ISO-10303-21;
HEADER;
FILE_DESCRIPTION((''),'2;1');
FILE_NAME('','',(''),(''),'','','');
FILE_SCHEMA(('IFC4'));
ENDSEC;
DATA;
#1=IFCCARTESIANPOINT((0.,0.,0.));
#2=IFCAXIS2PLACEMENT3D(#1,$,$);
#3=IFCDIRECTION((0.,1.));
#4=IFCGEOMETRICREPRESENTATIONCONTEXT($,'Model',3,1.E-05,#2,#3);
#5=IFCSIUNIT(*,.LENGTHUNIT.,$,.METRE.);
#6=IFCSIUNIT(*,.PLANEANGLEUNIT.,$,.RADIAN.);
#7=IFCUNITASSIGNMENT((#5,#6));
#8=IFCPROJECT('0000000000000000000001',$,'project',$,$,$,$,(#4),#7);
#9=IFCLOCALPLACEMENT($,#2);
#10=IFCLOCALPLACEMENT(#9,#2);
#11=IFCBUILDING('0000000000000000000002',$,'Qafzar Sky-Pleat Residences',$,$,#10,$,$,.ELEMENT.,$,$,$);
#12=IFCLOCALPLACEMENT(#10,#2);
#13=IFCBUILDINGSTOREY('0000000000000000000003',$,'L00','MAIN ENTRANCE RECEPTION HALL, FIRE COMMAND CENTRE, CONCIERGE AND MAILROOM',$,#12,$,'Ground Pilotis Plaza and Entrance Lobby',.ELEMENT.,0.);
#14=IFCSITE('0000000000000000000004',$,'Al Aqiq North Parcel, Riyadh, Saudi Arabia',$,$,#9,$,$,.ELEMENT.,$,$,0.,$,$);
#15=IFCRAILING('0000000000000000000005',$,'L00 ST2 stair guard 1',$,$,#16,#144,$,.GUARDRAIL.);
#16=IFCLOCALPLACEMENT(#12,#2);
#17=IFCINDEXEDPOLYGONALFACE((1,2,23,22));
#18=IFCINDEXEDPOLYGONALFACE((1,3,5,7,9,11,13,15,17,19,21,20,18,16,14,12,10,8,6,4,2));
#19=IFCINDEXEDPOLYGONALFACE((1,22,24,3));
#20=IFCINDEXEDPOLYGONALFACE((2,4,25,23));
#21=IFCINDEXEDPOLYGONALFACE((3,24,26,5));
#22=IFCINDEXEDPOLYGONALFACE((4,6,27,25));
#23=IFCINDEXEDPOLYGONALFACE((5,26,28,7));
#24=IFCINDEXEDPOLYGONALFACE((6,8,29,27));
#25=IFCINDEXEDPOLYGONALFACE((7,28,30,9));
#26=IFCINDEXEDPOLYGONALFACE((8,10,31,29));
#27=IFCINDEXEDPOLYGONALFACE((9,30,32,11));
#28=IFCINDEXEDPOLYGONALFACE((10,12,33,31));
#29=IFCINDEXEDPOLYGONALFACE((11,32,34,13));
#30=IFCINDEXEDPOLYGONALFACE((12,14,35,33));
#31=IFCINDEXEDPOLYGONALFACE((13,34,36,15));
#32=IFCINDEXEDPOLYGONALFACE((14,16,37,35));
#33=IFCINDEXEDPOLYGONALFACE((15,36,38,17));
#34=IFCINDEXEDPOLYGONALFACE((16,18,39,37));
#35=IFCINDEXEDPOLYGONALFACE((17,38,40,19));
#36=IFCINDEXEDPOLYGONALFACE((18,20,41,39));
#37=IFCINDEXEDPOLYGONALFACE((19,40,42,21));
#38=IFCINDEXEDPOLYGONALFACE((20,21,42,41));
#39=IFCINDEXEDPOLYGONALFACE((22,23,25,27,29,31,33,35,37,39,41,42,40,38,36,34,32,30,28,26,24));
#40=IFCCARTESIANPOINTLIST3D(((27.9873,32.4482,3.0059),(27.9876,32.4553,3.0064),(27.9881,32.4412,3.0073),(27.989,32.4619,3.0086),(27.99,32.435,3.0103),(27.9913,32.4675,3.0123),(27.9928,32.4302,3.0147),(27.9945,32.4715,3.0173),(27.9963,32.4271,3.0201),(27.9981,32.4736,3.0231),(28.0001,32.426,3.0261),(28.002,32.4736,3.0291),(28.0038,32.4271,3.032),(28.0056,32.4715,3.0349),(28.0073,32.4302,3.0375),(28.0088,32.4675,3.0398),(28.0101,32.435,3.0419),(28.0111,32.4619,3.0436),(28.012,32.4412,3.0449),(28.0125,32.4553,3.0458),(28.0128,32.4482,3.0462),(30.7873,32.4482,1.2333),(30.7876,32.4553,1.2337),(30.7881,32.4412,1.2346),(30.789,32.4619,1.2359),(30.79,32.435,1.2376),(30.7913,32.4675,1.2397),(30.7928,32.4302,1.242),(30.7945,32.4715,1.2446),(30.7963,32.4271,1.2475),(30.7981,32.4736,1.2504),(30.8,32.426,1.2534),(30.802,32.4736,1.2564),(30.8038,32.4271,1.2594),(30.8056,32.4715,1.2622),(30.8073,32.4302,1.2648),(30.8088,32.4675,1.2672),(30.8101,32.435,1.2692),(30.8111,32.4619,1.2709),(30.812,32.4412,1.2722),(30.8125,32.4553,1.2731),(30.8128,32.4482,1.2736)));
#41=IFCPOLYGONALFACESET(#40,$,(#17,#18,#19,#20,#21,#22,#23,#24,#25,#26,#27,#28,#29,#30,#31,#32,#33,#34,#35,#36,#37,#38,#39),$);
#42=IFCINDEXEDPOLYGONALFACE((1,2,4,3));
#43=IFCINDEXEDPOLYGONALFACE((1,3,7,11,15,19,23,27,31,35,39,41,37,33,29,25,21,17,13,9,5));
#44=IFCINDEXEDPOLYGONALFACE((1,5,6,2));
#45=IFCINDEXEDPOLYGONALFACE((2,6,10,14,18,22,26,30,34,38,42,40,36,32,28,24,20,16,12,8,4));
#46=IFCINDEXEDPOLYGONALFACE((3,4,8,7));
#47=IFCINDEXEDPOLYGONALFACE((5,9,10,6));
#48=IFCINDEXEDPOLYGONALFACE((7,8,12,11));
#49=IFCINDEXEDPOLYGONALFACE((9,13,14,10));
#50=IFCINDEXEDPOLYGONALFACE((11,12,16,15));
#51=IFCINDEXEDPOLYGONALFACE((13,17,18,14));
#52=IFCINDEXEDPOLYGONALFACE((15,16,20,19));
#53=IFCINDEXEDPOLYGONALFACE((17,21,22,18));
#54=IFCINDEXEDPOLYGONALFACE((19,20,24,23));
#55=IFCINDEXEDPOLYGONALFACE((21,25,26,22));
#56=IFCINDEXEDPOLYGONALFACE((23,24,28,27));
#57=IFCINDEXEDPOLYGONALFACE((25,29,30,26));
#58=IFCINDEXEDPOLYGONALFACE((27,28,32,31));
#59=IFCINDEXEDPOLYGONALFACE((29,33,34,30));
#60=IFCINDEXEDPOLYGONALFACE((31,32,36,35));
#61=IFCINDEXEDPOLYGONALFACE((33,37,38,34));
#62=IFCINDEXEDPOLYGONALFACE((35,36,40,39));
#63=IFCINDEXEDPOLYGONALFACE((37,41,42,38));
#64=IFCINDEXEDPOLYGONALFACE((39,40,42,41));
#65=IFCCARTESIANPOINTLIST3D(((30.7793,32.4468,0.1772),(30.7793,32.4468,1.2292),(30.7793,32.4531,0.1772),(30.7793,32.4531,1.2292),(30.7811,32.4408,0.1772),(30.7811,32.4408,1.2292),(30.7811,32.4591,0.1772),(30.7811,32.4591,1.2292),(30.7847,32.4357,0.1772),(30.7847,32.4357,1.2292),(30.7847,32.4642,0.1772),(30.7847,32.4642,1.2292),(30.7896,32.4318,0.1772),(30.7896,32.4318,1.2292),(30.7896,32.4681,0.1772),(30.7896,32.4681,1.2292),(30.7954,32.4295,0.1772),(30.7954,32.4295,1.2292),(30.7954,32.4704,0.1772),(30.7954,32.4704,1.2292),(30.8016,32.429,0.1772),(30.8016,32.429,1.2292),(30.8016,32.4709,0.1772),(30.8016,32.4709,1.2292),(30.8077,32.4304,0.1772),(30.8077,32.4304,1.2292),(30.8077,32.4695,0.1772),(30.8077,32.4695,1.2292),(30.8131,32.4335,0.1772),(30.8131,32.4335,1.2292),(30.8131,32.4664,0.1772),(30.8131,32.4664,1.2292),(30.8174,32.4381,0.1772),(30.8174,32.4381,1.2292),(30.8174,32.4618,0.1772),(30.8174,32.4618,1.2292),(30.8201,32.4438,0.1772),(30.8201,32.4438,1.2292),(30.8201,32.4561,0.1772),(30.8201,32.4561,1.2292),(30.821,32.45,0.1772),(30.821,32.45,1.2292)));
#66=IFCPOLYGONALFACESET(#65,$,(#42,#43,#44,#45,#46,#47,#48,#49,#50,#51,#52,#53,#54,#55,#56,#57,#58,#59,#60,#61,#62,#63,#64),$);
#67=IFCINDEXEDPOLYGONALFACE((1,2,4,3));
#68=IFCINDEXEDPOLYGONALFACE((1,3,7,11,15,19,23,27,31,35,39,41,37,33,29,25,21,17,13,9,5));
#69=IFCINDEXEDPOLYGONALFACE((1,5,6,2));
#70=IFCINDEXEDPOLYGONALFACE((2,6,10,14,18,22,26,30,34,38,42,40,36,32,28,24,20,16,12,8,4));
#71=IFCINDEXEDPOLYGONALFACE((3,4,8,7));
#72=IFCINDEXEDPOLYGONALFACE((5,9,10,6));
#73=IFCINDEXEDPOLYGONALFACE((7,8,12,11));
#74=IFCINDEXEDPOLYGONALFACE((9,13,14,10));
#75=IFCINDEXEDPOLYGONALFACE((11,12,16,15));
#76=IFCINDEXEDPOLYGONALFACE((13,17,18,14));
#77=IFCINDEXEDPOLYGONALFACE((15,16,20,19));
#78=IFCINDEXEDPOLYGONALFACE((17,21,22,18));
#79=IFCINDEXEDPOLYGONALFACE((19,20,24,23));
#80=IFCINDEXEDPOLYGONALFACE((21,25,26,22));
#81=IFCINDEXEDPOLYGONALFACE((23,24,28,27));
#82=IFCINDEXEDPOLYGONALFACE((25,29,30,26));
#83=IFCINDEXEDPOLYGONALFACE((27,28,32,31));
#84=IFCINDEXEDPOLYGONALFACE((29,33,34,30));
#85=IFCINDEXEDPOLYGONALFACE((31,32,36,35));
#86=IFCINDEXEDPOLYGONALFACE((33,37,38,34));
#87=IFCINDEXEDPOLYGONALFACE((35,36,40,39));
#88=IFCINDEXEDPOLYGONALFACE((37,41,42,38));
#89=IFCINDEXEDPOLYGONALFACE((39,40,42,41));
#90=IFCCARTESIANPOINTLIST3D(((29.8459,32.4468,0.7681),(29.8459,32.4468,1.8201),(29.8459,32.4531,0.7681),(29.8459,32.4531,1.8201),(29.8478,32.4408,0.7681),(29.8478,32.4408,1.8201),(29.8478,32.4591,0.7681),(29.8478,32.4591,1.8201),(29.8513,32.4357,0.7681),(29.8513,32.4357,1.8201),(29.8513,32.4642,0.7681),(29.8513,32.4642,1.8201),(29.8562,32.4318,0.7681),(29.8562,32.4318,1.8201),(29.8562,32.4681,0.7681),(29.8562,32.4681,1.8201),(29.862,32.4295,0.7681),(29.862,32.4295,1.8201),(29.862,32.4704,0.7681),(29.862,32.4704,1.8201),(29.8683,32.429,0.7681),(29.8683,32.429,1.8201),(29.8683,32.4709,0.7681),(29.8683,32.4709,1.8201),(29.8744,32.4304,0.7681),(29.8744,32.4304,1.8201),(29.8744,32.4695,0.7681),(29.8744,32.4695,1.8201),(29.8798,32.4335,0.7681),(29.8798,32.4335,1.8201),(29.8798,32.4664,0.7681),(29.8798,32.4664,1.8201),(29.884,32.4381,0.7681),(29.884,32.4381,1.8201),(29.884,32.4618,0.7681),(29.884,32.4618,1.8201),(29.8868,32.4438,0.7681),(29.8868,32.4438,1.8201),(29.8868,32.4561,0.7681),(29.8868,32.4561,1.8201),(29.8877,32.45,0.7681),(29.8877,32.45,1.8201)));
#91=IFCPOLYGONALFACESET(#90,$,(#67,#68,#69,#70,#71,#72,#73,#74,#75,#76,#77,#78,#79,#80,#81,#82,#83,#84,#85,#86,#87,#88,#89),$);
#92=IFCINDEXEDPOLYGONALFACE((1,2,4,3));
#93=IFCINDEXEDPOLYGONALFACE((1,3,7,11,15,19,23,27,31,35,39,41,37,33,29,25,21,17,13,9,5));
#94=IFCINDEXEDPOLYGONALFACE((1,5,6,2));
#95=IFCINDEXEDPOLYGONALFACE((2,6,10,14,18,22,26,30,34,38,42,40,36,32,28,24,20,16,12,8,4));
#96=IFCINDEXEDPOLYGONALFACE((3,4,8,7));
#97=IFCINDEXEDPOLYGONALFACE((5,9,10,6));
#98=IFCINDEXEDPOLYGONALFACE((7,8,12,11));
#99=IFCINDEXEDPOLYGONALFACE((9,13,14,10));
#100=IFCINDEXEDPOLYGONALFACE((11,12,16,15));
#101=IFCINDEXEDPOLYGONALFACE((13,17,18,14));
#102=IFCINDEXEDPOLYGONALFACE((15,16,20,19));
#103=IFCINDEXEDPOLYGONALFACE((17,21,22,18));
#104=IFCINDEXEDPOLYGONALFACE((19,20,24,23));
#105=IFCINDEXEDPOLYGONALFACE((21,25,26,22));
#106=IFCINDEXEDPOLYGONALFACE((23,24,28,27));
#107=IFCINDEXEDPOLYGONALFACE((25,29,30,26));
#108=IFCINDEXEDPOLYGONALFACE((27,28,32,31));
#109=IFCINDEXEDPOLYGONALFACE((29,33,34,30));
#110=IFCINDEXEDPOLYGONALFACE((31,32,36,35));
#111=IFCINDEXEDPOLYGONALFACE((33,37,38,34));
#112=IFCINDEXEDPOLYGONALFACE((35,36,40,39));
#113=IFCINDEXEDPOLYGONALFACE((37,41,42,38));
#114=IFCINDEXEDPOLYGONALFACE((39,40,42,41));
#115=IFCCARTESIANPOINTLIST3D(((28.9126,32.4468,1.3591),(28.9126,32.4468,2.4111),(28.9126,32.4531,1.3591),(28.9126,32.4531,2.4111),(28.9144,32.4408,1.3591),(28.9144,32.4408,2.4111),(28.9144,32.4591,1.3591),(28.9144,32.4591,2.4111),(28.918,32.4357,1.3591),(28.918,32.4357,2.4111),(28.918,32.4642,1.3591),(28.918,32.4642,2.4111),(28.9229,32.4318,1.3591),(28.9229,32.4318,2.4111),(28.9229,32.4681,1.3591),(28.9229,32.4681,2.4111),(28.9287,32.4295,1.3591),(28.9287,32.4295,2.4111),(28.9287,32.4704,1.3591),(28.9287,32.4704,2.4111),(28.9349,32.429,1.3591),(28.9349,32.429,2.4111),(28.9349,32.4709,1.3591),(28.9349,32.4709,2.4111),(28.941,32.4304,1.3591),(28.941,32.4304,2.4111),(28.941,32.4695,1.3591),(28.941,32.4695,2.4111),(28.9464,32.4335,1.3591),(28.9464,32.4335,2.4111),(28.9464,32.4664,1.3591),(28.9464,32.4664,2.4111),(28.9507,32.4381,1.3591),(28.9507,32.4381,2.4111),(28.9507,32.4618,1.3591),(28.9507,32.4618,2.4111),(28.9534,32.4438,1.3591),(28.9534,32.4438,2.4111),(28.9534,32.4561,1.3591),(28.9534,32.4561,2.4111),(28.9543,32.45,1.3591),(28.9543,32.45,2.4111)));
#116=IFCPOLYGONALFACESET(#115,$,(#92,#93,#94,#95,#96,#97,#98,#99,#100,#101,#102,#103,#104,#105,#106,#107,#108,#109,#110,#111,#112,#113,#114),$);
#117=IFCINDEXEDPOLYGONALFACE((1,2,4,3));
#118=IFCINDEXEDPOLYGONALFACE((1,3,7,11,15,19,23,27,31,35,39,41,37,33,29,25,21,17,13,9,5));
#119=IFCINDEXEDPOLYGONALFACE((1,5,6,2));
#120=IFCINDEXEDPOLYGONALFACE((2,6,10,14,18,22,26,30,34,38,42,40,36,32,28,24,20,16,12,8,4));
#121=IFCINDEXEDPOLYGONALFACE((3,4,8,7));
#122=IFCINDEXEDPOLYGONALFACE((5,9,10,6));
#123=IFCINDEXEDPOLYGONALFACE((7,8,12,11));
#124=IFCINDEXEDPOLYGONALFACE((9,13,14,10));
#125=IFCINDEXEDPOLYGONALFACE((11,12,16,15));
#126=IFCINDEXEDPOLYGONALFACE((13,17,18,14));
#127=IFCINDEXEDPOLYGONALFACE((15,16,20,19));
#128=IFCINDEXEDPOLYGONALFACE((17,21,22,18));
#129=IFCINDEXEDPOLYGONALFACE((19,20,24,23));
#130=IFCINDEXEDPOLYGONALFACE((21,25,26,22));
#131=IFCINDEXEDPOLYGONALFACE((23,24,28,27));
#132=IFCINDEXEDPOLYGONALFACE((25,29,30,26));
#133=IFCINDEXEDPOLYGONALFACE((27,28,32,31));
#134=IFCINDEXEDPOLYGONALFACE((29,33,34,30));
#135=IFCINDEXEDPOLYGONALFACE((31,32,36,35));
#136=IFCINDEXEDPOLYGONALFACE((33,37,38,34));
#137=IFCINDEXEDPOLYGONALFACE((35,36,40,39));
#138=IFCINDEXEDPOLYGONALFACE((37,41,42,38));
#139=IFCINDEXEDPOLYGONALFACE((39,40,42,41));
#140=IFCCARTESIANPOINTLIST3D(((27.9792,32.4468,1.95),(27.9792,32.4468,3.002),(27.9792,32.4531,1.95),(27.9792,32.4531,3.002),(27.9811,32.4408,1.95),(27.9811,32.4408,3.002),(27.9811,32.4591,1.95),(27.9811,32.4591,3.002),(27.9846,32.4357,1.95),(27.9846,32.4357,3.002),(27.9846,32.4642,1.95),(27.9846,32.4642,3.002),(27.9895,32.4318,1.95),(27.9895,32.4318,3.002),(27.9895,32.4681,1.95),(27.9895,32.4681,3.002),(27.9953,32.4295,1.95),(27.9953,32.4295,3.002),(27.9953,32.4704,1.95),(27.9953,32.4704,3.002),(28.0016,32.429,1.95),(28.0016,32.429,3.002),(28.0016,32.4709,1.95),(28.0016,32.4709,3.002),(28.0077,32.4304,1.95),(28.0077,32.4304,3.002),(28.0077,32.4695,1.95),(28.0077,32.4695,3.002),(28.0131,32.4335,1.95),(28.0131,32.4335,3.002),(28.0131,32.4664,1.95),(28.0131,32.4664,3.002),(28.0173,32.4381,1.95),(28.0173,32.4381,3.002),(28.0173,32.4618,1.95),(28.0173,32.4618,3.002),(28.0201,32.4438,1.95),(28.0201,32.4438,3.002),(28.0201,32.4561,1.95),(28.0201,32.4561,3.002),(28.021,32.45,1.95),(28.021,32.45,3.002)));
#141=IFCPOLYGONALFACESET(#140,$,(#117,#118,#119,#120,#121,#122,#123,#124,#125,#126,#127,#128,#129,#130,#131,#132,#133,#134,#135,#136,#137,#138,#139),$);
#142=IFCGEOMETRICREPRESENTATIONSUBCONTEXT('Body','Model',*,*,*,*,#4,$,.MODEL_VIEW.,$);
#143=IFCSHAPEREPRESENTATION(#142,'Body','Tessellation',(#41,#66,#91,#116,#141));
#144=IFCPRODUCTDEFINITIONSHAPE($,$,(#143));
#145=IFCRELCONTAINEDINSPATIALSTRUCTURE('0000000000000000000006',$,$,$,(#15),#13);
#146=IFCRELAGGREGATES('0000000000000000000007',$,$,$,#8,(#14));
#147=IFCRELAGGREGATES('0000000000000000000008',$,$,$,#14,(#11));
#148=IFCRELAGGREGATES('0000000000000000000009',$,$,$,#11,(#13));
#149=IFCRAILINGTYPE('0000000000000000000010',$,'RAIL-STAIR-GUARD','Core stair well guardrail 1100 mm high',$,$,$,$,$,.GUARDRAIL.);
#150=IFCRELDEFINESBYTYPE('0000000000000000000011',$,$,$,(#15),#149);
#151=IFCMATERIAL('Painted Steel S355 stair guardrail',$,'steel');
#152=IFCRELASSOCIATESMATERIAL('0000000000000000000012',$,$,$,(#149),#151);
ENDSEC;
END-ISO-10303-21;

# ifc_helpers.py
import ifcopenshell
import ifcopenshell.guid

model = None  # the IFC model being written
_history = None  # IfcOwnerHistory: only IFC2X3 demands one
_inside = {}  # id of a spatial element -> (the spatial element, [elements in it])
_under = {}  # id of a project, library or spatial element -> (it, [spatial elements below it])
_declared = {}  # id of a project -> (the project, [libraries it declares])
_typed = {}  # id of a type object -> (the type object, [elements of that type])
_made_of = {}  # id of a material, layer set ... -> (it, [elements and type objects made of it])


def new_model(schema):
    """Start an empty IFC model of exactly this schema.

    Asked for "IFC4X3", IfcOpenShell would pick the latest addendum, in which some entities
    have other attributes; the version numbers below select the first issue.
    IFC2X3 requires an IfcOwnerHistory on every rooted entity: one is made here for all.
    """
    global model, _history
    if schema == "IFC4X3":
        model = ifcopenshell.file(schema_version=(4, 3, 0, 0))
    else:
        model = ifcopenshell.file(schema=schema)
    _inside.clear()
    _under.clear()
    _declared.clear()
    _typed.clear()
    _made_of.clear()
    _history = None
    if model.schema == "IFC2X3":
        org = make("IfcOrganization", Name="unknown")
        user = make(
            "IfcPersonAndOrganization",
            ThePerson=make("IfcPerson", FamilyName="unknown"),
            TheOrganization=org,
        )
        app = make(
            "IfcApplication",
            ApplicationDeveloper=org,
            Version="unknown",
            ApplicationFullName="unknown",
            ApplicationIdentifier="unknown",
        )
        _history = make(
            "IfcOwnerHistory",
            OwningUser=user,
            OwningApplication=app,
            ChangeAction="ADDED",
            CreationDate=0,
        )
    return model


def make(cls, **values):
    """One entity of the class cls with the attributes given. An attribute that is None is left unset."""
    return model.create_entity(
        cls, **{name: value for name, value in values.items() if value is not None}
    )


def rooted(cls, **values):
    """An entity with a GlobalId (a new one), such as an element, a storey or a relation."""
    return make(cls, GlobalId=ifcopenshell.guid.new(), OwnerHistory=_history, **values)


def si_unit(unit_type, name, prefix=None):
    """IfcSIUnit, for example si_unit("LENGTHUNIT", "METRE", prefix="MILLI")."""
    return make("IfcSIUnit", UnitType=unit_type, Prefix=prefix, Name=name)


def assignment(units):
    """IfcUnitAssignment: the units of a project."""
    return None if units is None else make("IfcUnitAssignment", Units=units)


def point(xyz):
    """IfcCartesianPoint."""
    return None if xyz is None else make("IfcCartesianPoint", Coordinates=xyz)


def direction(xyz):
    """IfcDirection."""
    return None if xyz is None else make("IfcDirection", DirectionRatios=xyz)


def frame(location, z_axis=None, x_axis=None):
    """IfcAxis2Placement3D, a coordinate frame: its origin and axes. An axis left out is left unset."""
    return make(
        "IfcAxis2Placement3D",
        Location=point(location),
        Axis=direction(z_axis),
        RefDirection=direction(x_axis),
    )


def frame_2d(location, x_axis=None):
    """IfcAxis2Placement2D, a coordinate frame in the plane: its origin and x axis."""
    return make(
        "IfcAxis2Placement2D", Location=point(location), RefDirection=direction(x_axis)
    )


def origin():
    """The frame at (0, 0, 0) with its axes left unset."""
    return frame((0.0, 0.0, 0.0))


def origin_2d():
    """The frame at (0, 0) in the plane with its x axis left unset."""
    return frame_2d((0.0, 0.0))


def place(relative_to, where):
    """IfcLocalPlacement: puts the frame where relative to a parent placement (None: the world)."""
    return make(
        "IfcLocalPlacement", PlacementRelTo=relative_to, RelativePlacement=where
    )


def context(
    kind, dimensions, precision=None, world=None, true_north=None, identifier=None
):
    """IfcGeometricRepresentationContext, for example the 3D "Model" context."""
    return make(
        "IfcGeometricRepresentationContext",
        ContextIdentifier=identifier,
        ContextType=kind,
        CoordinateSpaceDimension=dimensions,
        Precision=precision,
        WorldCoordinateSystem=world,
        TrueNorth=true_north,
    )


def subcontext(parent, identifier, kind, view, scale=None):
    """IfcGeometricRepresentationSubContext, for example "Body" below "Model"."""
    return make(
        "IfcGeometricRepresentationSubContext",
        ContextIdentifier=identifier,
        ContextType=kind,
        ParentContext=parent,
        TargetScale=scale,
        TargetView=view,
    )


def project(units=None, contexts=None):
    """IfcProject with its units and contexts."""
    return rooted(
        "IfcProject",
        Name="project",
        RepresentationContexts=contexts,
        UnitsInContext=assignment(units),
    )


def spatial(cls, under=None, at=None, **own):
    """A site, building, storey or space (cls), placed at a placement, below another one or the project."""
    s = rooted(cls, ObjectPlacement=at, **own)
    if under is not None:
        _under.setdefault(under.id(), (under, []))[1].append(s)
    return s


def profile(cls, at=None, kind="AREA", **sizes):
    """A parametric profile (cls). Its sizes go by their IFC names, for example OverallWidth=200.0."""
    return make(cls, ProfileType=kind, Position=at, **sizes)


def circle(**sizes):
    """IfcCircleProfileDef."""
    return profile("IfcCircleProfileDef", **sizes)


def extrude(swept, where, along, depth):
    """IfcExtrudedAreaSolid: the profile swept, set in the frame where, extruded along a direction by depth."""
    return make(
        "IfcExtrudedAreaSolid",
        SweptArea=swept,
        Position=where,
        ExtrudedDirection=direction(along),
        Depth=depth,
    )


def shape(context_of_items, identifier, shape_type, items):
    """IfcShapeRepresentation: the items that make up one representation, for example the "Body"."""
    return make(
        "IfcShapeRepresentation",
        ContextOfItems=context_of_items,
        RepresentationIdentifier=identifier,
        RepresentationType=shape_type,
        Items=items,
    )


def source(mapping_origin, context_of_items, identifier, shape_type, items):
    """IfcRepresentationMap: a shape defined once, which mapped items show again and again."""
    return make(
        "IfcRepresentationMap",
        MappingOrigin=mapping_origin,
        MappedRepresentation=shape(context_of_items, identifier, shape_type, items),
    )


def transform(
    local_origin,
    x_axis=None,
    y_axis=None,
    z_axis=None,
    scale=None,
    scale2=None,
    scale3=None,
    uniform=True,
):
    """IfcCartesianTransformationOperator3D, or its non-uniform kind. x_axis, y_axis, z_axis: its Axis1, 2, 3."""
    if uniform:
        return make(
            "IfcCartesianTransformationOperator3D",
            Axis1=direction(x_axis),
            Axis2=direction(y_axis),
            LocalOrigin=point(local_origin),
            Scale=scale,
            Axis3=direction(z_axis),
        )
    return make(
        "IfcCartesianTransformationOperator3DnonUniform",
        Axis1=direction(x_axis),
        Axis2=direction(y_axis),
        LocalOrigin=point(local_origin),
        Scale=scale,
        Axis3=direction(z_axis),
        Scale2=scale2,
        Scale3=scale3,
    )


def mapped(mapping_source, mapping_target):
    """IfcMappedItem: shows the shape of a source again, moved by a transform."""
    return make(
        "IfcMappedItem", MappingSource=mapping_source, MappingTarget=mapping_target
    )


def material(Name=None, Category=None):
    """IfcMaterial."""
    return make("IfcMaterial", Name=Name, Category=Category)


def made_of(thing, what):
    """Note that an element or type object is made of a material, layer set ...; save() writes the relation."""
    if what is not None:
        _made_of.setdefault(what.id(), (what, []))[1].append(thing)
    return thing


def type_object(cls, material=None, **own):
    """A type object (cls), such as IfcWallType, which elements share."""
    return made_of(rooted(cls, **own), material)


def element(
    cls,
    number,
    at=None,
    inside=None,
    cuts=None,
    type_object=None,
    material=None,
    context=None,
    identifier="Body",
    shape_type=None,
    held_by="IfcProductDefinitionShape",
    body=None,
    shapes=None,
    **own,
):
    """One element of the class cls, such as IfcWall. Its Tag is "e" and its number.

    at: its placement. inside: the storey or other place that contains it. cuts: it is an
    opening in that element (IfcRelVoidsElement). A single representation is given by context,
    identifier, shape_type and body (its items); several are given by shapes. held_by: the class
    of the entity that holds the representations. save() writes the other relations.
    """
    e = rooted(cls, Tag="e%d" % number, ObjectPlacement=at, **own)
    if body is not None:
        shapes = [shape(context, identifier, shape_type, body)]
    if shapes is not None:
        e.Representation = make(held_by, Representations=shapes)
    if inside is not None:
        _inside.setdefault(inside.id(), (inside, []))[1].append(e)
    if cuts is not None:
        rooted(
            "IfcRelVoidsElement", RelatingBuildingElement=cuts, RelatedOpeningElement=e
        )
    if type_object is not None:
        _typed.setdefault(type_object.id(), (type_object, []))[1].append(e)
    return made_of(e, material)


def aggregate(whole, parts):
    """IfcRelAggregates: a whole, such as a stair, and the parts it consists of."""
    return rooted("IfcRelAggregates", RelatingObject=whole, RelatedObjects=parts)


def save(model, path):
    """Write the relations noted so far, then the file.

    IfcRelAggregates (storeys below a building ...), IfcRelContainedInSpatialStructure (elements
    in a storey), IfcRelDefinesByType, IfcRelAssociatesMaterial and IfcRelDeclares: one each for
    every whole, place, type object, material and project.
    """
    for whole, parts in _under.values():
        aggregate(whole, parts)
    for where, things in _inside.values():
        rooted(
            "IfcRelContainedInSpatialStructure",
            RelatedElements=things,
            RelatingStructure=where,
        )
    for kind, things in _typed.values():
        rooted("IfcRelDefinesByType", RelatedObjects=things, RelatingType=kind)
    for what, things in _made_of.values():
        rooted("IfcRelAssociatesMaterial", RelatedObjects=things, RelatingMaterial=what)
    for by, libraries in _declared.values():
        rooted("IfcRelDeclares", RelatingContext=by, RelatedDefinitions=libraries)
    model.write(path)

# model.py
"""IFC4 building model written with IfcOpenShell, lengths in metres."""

from ifc_helpers import new_model, si_unit, direction, frame, origin, origin_2d, place, context, subcontext, project, spatial, circle, extrude, source, transform, mapped, material, type_object, element, save


model = new_model("IFC4")

# Units and contexts
model_context = context("Model", 3, precision=1e-05, world=origin(), true_north=direction((0.0, 1.0)))
body_context = subcontext(model_context, "Body", "Model", "MODEL_VIEW")
ifc_project = project(units=[si_unit("LENGTHUNIT", "METRE"), si_unit("PLANEANGLEUNIT", "RADIAN")], contexts=[model_context])

# Site, building, storey
site_placement = place(None, origin())
site = spatial("IfcSite", under=ifc_project, at=site_placement, Name="Al Aqiq North Parcel, Riyadh, Saudi Arabia", CompositionType="ELEMENT", RefElevation=0.0)
building_placement = place(site_placement, origin())
building = spatial("IfcBuilding", under=site, at=building_placement, Name="Qafzar Sky-Pleat Residences", CompositionType="ELEMENT")
storey_placement = place(building_placement, origin())
storey = spatial("IfcBuildingStorey", under=building, at=storey_placement, Name="L00", Description="MAIN ENTRANCE RECEPTION HALL, FIRE COMMAND CENTRE, CONCIERGE AND MAILROOM", LongName="Ground Pilotis Plaza and Entrance Lobby", CompositionType="ELEMENT", Elevation=0.0)

# Railing
ifc_material_1 = material(Name="Painted Steel S355 stair guardrail", Category="steel")
railing_type_1 = type_object("IfcRailingType", Name="RAIL-STAIR-GUARD", Description="Core stair well guardrail 1100 mm high", PredefinedType="GUARDRAIL", material=ifc_material_1)
shared_shape_1 = source(origin(), body_context, "Body", "SweptSolid", [
    extrude(circle(Radius=0.0239, at=origin_2d()), frame((0.0, 0.0, 1.0762), z_axis=(-0.844909, 0.0, 0.53491), x_axis=(0.0, -1.0, 0.0)), (0.0, 0.0, 1.0), 3.314),
    extrude(circle(Radius=0.021, at=origin_2d()), origin(), (0.0, 0.0, 1.0), 1.052),
    extrude(circle(Radius=0.021, at=origin_2d()), frame((-0.9333, 0.0, 0.5908)), (0.0, 0.0, 1.0), 1.052),
    extrude(circle(Radius=0.021, at=origin_2d()), frame((-1.8667, 0.0, 1.1819)), (0.0, 0.0, 1.0), 1.052),
    extrude(circle(Radius=0.021, at=origin_2d()), frame((-2.8, 0.0, 1.7727)), (0.0, 0.0, 1.0), 1.052),
])
for number, where, name in (
    (1, (30.8, 32.45, 0.1772), "L00 ST2 stair guard 1"),
):
    element("IfcRailing", number, at=place(storey_placement, frame(where)), inside=storey, type_object=railing_type_1, Name=name, PredefinedType="GUARDRAIL", context=body_context, shape_type="MappedRepresentation", body=[
        mapped(shared_shape_1, transform((0.0, 0.0, 0.0), x_axis=(1.0, 0.0, 0.0), y_axis=(0.0, 1.0, 0.0), z_axis=(0.0, 0.0, 1.0), scale=1.0)),
    ])

save(model, "model.ifc")
